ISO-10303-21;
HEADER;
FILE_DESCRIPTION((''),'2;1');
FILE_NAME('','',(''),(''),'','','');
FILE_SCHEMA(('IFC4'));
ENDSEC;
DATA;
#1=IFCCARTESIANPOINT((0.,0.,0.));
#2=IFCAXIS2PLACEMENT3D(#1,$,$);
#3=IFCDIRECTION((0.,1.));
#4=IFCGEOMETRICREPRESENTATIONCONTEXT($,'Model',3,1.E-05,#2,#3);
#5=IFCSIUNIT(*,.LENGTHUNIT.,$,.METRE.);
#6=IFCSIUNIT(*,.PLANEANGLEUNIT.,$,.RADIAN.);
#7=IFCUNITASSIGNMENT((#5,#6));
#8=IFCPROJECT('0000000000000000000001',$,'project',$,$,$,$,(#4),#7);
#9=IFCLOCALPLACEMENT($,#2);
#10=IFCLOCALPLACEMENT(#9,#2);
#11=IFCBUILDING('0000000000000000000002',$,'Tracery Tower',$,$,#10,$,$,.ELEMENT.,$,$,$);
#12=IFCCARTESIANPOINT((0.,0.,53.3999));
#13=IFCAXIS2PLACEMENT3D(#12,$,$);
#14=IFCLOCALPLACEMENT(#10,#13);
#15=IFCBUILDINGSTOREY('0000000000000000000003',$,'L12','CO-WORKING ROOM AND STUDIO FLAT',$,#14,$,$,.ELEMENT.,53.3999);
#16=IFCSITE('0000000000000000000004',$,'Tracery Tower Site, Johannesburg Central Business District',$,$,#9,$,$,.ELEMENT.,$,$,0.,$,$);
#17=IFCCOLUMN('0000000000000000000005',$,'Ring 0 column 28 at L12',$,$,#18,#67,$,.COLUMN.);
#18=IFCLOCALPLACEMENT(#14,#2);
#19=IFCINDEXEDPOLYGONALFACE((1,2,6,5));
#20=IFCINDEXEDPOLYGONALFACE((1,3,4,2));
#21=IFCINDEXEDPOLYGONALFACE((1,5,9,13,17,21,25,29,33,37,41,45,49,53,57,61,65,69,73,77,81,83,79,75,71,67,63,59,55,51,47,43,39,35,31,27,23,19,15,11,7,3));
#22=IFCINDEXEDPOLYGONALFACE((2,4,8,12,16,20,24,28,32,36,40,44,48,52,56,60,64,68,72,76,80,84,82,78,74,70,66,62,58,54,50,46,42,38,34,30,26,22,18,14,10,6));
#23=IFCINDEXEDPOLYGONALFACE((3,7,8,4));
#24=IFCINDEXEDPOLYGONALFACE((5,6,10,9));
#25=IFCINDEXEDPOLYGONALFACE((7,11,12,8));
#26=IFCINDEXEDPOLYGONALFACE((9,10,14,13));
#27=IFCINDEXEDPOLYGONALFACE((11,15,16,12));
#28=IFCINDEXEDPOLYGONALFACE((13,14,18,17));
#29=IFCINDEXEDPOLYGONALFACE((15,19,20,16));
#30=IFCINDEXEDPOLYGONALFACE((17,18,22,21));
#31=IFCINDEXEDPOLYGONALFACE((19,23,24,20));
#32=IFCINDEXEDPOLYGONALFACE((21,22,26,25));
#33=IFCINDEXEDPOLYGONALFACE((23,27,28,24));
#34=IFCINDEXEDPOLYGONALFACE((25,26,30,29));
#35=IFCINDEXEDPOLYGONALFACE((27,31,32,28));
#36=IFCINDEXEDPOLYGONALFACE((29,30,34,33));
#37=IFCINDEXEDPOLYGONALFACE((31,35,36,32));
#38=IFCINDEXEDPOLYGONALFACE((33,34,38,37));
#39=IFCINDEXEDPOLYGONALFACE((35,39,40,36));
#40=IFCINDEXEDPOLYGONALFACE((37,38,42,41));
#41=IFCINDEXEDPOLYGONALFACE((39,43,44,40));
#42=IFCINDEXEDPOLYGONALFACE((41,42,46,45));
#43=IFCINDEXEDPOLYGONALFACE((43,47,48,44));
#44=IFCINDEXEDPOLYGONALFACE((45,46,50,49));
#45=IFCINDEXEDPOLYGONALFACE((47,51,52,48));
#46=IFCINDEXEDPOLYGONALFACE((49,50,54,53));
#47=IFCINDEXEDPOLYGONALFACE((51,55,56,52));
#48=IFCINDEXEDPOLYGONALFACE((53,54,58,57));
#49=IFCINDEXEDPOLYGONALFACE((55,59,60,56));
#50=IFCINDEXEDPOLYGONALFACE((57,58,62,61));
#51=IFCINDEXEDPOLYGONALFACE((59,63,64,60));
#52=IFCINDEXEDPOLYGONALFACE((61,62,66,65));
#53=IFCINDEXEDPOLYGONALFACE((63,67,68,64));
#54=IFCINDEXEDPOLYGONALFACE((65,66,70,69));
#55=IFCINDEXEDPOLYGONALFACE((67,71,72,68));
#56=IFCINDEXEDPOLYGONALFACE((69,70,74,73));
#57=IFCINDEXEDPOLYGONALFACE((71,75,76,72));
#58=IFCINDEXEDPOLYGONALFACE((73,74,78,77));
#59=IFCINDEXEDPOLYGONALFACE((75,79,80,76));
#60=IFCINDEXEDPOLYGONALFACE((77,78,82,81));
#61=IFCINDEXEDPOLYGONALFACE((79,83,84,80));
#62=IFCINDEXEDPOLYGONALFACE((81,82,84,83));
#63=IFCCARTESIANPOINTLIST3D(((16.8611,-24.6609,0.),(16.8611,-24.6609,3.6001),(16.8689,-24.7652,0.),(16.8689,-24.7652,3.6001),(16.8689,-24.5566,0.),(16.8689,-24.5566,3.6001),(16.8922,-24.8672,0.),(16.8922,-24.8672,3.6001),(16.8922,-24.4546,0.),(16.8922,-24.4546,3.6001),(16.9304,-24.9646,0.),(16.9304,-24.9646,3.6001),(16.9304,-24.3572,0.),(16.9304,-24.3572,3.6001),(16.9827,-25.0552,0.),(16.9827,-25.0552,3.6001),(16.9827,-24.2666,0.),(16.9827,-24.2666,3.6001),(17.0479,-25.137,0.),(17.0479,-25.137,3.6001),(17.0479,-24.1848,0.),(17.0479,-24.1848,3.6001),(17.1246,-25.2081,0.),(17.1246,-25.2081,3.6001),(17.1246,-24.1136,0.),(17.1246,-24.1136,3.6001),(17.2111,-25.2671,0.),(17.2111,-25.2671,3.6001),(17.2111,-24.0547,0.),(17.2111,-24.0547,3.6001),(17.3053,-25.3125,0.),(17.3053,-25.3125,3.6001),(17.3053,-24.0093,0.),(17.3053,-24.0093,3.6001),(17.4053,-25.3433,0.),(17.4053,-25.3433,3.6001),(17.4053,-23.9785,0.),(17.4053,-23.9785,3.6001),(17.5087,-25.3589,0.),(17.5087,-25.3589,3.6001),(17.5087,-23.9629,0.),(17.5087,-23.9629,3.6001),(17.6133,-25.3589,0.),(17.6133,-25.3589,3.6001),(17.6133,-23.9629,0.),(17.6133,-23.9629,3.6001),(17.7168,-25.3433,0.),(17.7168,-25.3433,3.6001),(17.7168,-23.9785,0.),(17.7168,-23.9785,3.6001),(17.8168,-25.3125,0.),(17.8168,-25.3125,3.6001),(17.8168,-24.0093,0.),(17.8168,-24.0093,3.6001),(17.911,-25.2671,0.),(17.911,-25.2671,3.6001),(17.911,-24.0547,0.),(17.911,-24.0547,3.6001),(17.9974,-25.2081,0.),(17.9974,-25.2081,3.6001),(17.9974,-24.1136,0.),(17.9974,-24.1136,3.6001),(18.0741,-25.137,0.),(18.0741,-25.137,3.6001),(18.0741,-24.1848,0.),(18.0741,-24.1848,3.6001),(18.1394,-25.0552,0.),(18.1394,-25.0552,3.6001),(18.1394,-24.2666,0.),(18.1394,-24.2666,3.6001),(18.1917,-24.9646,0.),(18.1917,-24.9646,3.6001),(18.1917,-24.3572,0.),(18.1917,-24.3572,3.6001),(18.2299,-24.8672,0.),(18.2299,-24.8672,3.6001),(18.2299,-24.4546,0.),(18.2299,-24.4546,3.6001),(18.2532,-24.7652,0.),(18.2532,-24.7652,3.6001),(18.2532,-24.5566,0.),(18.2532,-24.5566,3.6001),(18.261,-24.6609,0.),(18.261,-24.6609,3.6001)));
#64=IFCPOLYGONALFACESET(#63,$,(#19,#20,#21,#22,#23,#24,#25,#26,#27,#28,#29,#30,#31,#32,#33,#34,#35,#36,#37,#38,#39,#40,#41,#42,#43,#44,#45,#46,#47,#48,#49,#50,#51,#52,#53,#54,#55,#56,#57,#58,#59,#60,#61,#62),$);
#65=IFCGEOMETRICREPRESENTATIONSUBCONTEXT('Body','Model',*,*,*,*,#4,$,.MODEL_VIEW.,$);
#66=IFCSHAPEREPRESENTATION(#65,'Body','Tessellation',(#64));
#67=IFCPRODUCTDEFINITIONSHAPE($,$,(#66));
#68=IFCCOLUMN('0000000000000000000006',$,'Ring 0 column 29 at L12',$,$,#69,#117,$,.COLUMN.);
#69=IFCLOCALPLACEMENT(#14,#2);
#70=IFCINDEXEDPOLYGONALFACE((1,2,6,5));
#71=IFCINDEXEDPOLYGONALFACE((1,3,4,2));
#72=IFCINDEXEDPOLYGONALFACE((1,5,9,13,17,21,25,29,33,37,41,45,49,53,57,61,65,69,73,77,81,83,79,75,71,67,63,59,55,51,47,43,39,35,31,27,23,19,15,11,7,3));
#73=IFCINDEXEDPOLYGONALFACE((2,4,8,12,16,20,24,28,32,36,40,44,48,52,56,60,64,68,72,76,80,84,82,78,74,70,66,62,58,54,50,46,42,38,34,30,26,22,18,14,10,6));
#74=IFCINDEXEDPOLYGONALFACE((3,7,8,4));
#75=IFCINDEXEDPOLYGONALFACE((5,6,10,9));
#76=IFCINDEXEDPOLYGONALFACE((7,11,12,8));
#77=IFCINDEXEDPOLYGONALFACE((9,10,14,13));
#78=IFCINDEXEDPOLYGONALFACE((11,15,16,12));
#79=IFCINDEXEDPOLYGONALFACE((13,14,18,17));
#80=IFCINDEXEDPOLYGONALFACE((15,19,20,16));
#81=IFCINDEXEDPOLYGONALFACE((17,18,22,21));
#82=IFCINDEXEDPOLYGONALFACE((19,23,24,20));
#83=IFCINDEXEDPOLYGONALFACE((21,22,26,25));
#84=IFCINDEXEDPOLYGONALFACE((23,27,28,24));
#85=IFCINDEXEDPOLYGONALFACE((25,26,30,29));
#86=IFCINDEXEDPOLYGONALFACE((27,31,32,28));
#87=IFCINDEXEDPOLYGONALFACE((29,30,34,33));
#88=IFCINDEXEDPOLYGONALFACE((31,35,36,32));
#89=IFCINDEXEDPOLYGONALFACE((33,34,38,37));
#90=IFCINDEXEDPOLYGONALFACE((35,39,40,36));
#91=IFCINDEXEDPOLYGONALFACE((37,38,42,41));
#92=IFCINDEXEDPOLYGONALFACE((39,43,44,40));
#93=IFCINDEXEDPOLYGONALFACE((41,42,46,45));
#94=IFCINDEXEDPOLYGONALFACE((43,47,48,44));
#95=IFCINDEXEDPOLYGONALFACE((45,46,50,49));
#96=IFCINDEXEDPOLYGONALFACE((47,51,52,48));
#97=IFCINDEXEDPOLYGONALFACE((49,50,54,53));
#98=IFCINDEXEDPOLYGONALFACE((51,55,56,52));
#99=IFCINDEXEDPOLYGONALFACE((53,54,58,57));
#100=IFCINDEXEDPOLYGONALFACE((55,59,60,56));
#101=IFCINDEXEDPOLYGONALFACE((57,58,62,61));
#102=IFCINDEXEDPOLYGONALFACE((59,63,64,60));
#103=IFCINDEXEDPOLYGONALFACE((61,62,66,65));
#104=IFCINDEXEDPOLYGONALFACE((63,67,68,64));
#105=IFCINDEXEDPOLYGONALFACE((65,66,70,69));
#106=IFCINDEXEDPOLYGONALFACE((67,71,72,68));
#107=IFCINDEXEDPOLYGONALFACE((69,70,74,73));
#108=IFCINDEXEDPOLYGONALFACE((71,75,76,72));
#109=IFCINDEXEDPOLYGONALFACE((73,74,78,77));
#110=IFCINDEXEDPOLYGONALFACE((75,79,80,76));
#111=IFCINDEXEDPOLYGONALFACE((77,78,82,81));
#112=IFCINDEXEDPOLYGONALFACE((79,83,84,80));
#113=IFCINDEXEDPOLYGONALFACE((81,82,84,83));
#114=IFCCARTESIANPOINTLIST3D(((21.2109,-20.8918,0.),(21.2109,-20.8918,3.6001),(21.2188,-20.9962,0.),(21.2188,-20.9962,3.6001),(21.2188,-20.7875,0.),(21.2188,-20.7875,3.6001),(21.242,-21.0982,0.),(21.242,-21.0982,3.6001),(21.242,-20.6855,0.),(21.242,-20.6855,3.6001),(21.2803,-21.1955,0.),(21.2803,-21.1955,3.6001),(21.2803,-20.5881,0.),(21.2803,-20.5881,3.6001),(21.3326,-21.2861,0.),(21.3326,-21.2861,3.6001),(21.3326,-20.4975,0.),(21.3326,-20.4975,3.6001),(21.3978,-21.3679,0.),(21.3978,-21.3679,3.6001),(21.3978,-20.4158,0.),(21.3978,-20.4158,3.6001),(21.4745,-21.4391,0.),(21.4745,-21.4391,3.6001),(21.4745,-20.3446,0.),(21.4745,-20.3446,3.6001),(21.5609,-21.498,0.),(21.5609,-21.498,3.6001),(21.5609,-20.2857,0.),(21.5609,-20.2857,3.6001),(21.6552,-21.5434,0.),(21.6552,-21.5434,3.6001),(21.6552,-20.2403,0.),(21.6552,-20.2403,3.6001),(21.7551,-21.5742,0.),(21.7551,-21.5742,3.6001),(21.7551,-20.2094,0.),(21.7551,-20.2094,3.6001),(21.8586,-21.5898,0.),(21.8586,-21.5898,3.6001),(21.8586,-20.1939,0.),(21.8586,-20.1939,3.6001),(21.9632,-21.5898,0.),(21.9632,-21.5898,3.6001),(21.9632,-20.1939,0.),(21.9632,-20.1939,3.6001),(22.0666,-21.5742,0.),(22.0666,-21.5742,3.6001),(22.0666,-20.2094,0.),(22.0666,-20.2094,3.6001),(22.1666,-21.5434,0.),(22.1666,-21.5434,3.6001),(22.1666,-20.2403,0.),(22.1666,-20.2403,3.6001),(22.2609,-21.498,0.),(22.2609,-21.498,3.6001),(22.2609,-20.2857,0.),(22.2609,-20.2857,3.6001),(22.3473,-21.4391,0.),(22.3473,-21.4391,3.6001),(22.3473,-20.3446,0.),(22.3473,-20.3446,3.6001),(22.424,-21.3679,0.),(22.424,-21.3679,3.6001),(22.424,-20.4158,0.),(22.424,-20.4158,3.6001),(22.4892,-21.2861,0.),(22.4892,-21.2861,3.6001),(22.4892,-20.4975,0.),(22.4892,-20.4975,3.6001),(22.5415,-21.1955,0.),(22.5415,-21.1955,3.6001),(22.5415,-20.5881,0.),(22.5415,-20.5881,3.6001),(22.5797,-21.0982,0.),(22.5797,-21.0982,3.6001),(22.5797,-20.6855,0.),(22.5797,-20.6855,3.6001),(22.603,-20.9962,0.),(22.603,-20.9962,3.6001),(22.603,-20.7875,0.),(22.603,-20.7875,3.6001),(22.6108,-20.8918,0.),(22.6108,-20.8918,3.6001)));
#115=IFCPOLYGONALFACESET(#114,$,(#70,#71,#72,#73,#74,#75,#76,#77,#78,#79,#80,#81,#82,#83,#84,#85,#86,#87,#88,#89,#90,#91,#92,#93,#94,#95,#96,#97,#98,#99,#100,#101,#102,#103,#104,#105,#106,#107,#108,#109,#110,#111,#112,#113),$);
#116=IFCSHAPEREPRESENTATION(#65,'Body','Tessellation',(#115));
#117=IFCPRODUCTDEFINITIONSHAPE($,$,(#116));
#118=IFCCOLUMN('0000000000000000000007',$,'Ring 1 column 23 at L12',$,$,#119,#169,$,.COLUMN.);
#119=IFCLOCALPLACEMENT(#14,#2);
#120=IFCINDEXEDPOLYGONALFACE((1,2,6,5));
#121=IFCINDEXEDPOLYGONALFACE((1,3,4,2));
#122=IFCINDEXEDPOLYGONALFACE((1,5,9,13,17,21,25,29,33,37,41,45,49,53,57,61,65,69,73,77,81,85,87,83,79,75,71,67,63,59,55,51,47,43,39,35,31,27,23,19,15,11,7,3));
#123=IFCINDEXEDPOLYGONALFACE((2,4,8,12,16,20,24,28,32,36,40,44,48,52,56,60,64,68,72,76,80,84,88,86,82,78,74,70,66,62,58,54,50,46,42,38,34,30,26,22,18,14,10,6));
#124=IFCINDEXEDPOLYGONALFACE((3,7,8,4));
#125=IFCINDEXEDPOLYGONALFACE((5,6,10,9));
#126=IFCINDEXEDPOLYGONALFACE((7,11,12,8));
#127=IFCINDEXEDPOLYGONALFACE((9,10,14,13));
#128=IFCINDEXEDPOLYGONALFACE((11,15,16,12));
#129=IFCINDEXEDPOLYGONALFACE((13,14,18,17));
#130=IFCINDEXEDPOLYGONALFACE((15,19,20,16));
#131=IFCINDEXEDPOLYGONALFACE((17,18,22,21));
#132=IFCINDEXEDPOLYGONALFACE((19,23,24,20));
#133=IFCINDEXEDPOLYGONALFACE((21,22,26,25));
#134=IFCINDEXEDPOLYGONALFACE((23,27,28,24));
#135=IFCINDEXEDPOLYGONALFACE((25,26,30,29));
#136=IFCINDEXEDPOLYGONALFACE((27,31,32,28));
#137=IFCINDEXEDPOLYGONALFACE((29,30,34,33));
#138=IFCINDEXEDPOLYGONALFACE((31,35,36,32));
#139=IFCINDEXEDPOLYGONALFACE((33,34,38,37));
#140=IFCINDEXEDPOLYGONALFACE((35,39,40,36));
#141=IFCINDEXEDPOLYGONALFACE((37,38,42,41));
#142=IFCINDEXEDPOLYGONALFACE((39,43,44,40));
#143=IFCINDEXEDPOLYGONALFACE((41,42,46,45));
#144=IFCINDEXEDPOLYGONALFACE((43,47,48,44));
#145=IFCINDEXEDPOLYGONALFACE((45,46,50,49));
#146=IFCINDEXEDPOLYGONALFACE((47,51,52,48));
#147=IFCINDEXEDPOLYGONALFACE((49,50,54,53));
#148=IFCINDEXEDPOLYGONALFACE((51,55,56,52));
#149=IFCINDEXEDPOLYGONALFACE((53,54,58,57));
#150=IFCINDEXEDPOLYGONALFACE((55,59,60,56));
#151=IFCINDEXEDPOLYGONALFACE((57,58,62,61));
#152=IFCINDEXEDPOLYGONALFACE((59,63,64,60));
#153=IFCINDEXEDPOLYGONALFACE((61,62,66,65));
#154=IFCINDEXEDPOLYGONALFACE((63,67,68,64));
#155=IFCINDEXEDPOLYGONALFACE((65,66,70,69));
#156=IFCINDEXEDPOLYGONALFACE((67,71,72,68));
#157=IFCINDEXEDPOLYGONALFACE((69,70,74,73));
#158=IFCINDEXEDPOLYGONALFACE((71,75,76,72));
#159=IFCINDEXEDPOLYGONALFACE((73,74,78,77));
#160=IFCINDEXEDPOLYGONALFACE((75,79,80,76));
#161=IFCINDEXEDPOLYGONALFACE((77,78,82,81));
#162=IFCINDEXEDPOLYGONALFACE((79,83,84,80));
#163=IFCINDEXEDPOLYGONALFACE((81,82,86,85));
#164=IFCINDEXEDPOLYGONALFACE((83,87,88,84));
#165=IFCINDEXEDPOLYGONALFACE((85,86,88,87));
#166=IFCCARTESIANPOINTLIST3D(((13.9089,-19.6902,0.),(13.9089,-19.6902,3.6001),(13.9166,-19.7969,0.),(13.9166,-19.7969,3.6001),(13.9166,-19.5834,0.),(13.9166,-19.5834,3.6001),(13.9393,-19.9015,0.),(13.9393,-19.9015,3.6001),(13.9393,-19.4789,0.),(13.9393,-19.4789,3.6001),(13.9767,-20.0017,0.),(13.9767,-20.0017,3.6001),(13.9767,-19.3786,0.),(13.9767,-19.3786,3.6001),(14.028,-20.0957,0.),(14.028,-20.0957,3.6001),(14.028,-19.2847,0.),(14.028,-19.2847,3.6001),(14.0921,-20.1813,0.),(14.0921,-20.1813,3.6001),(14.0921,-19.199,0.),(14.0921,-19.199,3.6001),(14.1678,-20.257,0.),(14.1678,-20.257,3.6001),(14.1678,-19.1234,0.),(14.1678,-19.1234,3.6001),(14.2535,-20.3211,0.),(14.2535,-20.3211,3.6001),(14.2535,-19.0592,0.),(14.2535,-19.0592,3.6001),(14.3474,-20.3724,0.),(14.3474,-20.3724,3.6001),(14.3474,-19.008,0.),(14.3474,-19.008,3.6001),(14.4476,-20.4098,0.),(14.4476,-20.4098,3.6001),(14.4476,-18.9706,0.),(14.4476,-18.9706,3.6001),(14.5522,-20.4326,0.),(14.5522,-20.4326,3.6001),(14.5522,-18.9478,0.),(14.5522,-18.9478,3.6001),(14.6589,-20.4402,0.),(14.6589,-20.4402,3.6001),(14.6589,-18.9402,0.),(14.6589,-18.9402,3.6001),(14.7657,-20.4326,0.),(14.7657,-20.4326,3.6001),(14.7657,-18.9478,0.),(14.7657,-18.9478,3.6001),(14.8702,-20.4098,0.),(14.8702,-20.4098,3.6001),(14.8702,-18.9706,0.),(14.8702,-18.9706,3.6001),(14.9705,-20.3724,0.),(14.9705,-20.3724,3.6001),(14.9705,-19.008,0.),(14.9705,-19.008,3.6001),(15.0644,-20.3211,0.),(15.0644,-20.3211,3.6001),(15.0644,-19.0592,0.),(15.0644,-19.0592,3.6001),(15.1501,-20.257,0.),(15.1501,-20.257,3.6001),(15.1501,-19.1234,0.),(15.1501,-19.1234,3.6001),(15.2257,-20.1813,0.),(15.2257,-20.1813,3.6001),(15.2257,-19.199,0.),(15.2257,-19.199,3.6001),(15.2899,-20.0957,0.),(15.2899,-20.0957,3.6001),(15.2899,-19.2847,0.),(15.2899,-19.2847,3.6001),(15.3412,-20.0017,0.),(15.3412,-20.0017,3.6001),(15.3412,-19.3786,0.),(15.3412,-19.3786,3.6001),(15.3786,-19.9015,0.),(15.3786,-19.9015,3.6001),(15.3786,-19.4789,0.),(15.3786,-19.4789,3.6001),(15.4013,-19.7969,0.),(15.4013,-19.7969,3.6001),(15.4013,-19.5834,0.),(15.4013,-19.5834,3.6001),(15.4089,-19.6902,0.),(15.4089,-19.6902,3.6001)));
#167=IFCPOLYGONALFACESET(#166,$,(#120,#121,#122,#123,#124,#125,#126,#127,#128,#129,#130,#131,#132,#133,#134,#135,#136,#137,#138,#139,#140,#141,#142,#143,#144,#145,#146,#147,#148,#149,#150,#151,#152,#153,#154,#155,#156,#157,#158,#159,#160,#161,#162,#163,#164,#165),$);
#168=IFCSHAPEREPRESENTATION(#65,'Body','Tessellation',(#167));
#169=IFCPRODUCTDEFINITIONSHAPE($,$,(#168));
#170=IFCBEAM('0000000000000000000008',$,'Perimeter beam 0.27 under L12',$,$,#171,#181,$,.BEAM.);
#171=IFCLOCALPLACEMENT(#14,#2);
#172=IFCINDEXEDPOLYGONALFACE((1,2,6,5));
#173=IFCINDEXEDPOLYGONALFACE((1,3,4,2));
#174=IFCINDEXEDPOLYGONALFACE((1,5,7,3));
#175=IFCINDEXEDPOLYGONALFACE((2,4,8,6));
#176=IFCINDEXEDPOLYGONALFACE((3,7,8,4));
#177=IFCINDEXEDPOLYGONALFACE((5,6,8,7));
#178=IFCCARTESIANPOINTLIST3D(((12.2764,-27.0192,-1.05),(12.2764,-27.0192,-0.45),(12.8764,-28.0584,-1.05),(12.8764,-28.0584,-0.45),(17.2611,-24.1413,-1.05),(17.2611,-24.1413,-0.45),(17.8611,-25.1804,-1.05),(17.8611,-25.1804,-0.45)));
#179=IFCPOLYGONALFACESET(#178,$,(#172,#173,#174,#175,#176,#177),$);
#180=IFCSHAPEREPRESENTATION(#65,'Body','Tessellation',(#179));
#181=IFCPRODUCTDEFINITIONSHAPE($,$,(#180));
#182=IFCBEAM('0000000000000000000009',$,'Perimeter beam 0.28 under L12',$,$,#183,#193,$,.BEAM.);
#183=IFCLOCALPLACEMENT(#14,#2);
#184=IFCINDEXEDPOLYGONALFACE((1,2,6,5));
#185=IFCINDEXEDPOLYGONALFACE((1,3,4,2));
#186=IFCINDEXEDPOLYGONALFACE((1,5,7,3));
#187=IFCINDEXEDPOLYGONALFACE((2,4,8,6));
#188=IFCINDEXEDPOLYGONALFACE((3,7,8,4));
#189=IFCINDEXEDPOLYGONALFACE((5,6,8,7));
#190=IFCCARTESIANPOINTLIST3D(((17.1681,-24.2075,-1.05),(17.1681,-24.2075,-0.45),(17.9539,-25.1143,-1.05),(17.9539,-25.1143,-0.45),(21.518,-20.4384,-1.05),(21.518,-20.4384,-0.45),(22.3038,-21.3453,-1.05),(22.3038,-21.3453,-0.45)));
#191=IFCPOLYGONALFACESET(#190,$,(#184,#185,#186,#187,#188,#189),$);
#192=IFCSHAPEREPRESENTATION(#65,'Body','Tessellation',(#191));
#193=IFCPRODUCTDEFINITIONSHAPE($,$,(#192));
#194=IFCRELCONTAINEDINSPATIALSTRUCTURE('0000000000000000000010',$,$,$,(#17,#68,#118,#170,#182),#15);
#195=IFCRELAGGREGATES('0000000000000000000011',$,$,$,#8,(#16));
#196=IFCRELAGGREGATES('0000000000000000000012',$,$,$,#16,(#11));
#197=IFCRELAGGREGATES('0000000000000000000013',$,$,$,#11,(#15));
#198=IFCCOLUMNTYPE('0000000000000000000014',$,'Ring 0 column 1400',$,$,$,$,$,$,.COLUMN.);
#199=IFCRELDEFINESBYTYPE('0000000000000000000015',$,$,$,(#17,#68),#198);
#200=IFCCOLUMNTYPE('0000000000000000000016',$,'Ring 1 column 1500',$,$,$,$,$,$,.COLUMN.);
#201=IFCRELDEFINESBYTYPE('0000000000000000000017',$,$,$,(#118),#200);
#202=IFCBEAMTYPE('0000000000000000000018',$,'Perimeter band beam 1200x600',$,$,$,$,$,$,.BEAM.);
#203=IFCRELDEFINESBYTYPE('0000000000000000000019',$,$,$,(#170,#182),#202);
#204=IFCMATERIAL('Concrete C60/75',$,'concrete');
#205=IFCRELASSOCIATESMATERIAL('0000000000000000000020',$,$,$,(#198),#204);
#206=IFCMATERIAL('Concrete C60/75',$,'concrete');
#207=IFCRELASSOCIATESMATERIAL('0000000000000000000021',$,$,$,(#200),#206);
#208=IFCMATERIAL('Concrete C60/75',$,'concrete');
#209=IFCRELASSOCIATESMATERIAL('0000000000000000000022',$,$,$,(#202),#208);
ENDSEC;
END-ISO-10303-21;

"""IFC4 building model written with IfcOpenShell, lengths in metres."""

from ifc_helpers import new_model, si_unit, direction, frame, origin, origin_2d, place, context, subcontext, project, spatial, rectangle, circle, extrude, material, material_profile, profile_set, type_object, element, save


model = new_model("IFC4")

# Units and contexts
model_context = context("Model", 3, precision=1e-05, world=origin(), true_north=direction((0.0, 1.0)))
body_context = subcontext(model_context, "Body", "Model", "MODEL_VIEW")
ifc_project = project(units=[si_unit("LENGTHUNIT", "METRE"), si_unit("PLANEANGLEUNIT", "RADIAN")], contexts=[model_context])

# Site, building, storey
site_placement = place(None, origin())
site = spatial("IfcSite", under=ifc_project, at=site_placement, Name="Tracery Tower Site, Johannesburg Central Business District", CompositionType="ELEMENT", RefElevation=0.0)
building_placement = place(site_placement, origin())
building = spatial("IfcBuilding", under=site, at=building_placement, Name="Tracery Tower", CompositionType="ELEMENT")
storey_placement = place(building_placement, frame((0.0, 0.0, 53.3999)))
storey = spatial("IfcBuildingStorey", under=building, at=storey_placement, Name="L12", Description="CO-WORKING ROOM AND STUDIO FLAT", CompositionType="ELEMENT", Elevation=53.3999)

# Columns
ifc_material_1 = material(Name="Concrete C60/75", Category="concrete")
ifc_material_profile_1 = material_profile(ifc_material_1, circle(Radius=0.7, at=origin_2d()), Name="RC D1400")
ifc_profile_set_1 = profile_set([ifc_material_profile_1], Name="Concrete C60/75")
column_type_1 = type_object("IfcColumnType", Name="Ring 0 column 1400", PredefinedType="COLUMN", material=ifc_profile_set_1)
for number, where, z_axis, x_axis, name in (
    (1, (17.561, -24.6609, 0.0), (0.0, 0.0, 1.0), (1.0, 0.0, 0.0), "Ring 0 column 28 at L12"),
    (2, (21.9109, -20.8918, 0.0), (0.0, 0.0, 1.0), (1.0, 0.0, 0.0), "Ring 0 column 29 at L12"),
):
    element("IfcColumn", number, at=place(storey_placement, frame(where, z_axis=z_axis, x_axis=x_axis)), inside=storey, type_object=column_type_1, Name=name, PredefinedType="COLUMN", context=body_context, shape_type="SweptSolid", body=[
        extrude(circle(Radius=0.7, at=origin_2d()), origin(), (0.0, 0.0, 1.0), 3.6001),
    ])
ifc_material_2 = material(Name="Concrete C60/75", Category="concrete")
ifc_material_profile_2 = material_profile(ifc_material_2, circle(Radius=0.75, at=origin_2d()), Name="RC D1500")
ifc_profile_set_2 = profile_set([ifc_material_profile_2], Name="Concrete C60/75")
column_type_2 = type_object("IfcColumnType", Name="Ring 1 column 1500", PredefinedType="COLUMN", material=ifc_profile_set_2)
column_placement = place(storey_placement, frame((14.6589, -19.6902, 0.0), z_axis=(0.0, 0.0, 1.0), x_axis=(1.0, 0.0, 0.0)))
element("IfcColumn", 3, at=column_placement, inside=storey, type_object=column_type_2, Name="Ring 1 column 23 at L12", PredefinedType="COLUMN", context=body_context, shape_type="SweptSolid", body=[
    extrude(circle(Radius=0.75, at=origin_2d()), origin(), (0.0, 0.0, 1.0), 3.6001),
])

# Beams
ifc_material_3 = material(Name="Concrete C60/75", Category="concrete")
ifc_material_profile_3 = material_profile(ifc_material_3, rectangle(XDim=1.2, YDim=0.6001, at=origin_2d()), Name="RC 1200x600")
ifc_profile_set_3 = profile_set([ifc_material_profile_3], Name="Concrete C60/75")
beam_type = type_object("IfcBeamType", Name="Perimeter band beam 1200x600", PredefinedType="BEAM", material=ifc_profile_set_3)
beam_1_placement = place(storey_placement, frame((12.5764, -27.5388, -0.75), z_axis=(0.866021, 0.500008, 0.0), x_axis=(-0.500008, 0.866021, 0.0)))
element("IfcBeam", 4, at=beam_1_placement, inside=storey, type_object=beam_type, Name="Perimeter beam 0.27 under L12", PredefinedType="BEAM", context=body_context, shape_type="SweptSolid", body=[
    extrude(rectangle(XDim=1.2, YDim=0.6001, at=origin_2d()), origin(), (0.0, 0.0, 1.0), 5.7559),
])
beam_2_placement = place(storey_placement, frame((17.561, -24.6609, -0.75), z_axis=(0.75576, 0.654848, 0.0), x_axis=(-0.654848, 0.75576, 0.0)))
element("IfcBeam", 5, at=beam_2_placement, inside=storey, type_object=beam_type, Name="Perimeter beam 0.28 under L12", PredefinedType="BEAM", context=body_context, shape_type="SweptSolid", body=[
    extrude(rectangle(XDim=1.2, YDim=0.6001, at=origin_2d()), origin(), (0.0, 0.0, 1.0), 5.7556),
])

save(model, "model.ifc")
